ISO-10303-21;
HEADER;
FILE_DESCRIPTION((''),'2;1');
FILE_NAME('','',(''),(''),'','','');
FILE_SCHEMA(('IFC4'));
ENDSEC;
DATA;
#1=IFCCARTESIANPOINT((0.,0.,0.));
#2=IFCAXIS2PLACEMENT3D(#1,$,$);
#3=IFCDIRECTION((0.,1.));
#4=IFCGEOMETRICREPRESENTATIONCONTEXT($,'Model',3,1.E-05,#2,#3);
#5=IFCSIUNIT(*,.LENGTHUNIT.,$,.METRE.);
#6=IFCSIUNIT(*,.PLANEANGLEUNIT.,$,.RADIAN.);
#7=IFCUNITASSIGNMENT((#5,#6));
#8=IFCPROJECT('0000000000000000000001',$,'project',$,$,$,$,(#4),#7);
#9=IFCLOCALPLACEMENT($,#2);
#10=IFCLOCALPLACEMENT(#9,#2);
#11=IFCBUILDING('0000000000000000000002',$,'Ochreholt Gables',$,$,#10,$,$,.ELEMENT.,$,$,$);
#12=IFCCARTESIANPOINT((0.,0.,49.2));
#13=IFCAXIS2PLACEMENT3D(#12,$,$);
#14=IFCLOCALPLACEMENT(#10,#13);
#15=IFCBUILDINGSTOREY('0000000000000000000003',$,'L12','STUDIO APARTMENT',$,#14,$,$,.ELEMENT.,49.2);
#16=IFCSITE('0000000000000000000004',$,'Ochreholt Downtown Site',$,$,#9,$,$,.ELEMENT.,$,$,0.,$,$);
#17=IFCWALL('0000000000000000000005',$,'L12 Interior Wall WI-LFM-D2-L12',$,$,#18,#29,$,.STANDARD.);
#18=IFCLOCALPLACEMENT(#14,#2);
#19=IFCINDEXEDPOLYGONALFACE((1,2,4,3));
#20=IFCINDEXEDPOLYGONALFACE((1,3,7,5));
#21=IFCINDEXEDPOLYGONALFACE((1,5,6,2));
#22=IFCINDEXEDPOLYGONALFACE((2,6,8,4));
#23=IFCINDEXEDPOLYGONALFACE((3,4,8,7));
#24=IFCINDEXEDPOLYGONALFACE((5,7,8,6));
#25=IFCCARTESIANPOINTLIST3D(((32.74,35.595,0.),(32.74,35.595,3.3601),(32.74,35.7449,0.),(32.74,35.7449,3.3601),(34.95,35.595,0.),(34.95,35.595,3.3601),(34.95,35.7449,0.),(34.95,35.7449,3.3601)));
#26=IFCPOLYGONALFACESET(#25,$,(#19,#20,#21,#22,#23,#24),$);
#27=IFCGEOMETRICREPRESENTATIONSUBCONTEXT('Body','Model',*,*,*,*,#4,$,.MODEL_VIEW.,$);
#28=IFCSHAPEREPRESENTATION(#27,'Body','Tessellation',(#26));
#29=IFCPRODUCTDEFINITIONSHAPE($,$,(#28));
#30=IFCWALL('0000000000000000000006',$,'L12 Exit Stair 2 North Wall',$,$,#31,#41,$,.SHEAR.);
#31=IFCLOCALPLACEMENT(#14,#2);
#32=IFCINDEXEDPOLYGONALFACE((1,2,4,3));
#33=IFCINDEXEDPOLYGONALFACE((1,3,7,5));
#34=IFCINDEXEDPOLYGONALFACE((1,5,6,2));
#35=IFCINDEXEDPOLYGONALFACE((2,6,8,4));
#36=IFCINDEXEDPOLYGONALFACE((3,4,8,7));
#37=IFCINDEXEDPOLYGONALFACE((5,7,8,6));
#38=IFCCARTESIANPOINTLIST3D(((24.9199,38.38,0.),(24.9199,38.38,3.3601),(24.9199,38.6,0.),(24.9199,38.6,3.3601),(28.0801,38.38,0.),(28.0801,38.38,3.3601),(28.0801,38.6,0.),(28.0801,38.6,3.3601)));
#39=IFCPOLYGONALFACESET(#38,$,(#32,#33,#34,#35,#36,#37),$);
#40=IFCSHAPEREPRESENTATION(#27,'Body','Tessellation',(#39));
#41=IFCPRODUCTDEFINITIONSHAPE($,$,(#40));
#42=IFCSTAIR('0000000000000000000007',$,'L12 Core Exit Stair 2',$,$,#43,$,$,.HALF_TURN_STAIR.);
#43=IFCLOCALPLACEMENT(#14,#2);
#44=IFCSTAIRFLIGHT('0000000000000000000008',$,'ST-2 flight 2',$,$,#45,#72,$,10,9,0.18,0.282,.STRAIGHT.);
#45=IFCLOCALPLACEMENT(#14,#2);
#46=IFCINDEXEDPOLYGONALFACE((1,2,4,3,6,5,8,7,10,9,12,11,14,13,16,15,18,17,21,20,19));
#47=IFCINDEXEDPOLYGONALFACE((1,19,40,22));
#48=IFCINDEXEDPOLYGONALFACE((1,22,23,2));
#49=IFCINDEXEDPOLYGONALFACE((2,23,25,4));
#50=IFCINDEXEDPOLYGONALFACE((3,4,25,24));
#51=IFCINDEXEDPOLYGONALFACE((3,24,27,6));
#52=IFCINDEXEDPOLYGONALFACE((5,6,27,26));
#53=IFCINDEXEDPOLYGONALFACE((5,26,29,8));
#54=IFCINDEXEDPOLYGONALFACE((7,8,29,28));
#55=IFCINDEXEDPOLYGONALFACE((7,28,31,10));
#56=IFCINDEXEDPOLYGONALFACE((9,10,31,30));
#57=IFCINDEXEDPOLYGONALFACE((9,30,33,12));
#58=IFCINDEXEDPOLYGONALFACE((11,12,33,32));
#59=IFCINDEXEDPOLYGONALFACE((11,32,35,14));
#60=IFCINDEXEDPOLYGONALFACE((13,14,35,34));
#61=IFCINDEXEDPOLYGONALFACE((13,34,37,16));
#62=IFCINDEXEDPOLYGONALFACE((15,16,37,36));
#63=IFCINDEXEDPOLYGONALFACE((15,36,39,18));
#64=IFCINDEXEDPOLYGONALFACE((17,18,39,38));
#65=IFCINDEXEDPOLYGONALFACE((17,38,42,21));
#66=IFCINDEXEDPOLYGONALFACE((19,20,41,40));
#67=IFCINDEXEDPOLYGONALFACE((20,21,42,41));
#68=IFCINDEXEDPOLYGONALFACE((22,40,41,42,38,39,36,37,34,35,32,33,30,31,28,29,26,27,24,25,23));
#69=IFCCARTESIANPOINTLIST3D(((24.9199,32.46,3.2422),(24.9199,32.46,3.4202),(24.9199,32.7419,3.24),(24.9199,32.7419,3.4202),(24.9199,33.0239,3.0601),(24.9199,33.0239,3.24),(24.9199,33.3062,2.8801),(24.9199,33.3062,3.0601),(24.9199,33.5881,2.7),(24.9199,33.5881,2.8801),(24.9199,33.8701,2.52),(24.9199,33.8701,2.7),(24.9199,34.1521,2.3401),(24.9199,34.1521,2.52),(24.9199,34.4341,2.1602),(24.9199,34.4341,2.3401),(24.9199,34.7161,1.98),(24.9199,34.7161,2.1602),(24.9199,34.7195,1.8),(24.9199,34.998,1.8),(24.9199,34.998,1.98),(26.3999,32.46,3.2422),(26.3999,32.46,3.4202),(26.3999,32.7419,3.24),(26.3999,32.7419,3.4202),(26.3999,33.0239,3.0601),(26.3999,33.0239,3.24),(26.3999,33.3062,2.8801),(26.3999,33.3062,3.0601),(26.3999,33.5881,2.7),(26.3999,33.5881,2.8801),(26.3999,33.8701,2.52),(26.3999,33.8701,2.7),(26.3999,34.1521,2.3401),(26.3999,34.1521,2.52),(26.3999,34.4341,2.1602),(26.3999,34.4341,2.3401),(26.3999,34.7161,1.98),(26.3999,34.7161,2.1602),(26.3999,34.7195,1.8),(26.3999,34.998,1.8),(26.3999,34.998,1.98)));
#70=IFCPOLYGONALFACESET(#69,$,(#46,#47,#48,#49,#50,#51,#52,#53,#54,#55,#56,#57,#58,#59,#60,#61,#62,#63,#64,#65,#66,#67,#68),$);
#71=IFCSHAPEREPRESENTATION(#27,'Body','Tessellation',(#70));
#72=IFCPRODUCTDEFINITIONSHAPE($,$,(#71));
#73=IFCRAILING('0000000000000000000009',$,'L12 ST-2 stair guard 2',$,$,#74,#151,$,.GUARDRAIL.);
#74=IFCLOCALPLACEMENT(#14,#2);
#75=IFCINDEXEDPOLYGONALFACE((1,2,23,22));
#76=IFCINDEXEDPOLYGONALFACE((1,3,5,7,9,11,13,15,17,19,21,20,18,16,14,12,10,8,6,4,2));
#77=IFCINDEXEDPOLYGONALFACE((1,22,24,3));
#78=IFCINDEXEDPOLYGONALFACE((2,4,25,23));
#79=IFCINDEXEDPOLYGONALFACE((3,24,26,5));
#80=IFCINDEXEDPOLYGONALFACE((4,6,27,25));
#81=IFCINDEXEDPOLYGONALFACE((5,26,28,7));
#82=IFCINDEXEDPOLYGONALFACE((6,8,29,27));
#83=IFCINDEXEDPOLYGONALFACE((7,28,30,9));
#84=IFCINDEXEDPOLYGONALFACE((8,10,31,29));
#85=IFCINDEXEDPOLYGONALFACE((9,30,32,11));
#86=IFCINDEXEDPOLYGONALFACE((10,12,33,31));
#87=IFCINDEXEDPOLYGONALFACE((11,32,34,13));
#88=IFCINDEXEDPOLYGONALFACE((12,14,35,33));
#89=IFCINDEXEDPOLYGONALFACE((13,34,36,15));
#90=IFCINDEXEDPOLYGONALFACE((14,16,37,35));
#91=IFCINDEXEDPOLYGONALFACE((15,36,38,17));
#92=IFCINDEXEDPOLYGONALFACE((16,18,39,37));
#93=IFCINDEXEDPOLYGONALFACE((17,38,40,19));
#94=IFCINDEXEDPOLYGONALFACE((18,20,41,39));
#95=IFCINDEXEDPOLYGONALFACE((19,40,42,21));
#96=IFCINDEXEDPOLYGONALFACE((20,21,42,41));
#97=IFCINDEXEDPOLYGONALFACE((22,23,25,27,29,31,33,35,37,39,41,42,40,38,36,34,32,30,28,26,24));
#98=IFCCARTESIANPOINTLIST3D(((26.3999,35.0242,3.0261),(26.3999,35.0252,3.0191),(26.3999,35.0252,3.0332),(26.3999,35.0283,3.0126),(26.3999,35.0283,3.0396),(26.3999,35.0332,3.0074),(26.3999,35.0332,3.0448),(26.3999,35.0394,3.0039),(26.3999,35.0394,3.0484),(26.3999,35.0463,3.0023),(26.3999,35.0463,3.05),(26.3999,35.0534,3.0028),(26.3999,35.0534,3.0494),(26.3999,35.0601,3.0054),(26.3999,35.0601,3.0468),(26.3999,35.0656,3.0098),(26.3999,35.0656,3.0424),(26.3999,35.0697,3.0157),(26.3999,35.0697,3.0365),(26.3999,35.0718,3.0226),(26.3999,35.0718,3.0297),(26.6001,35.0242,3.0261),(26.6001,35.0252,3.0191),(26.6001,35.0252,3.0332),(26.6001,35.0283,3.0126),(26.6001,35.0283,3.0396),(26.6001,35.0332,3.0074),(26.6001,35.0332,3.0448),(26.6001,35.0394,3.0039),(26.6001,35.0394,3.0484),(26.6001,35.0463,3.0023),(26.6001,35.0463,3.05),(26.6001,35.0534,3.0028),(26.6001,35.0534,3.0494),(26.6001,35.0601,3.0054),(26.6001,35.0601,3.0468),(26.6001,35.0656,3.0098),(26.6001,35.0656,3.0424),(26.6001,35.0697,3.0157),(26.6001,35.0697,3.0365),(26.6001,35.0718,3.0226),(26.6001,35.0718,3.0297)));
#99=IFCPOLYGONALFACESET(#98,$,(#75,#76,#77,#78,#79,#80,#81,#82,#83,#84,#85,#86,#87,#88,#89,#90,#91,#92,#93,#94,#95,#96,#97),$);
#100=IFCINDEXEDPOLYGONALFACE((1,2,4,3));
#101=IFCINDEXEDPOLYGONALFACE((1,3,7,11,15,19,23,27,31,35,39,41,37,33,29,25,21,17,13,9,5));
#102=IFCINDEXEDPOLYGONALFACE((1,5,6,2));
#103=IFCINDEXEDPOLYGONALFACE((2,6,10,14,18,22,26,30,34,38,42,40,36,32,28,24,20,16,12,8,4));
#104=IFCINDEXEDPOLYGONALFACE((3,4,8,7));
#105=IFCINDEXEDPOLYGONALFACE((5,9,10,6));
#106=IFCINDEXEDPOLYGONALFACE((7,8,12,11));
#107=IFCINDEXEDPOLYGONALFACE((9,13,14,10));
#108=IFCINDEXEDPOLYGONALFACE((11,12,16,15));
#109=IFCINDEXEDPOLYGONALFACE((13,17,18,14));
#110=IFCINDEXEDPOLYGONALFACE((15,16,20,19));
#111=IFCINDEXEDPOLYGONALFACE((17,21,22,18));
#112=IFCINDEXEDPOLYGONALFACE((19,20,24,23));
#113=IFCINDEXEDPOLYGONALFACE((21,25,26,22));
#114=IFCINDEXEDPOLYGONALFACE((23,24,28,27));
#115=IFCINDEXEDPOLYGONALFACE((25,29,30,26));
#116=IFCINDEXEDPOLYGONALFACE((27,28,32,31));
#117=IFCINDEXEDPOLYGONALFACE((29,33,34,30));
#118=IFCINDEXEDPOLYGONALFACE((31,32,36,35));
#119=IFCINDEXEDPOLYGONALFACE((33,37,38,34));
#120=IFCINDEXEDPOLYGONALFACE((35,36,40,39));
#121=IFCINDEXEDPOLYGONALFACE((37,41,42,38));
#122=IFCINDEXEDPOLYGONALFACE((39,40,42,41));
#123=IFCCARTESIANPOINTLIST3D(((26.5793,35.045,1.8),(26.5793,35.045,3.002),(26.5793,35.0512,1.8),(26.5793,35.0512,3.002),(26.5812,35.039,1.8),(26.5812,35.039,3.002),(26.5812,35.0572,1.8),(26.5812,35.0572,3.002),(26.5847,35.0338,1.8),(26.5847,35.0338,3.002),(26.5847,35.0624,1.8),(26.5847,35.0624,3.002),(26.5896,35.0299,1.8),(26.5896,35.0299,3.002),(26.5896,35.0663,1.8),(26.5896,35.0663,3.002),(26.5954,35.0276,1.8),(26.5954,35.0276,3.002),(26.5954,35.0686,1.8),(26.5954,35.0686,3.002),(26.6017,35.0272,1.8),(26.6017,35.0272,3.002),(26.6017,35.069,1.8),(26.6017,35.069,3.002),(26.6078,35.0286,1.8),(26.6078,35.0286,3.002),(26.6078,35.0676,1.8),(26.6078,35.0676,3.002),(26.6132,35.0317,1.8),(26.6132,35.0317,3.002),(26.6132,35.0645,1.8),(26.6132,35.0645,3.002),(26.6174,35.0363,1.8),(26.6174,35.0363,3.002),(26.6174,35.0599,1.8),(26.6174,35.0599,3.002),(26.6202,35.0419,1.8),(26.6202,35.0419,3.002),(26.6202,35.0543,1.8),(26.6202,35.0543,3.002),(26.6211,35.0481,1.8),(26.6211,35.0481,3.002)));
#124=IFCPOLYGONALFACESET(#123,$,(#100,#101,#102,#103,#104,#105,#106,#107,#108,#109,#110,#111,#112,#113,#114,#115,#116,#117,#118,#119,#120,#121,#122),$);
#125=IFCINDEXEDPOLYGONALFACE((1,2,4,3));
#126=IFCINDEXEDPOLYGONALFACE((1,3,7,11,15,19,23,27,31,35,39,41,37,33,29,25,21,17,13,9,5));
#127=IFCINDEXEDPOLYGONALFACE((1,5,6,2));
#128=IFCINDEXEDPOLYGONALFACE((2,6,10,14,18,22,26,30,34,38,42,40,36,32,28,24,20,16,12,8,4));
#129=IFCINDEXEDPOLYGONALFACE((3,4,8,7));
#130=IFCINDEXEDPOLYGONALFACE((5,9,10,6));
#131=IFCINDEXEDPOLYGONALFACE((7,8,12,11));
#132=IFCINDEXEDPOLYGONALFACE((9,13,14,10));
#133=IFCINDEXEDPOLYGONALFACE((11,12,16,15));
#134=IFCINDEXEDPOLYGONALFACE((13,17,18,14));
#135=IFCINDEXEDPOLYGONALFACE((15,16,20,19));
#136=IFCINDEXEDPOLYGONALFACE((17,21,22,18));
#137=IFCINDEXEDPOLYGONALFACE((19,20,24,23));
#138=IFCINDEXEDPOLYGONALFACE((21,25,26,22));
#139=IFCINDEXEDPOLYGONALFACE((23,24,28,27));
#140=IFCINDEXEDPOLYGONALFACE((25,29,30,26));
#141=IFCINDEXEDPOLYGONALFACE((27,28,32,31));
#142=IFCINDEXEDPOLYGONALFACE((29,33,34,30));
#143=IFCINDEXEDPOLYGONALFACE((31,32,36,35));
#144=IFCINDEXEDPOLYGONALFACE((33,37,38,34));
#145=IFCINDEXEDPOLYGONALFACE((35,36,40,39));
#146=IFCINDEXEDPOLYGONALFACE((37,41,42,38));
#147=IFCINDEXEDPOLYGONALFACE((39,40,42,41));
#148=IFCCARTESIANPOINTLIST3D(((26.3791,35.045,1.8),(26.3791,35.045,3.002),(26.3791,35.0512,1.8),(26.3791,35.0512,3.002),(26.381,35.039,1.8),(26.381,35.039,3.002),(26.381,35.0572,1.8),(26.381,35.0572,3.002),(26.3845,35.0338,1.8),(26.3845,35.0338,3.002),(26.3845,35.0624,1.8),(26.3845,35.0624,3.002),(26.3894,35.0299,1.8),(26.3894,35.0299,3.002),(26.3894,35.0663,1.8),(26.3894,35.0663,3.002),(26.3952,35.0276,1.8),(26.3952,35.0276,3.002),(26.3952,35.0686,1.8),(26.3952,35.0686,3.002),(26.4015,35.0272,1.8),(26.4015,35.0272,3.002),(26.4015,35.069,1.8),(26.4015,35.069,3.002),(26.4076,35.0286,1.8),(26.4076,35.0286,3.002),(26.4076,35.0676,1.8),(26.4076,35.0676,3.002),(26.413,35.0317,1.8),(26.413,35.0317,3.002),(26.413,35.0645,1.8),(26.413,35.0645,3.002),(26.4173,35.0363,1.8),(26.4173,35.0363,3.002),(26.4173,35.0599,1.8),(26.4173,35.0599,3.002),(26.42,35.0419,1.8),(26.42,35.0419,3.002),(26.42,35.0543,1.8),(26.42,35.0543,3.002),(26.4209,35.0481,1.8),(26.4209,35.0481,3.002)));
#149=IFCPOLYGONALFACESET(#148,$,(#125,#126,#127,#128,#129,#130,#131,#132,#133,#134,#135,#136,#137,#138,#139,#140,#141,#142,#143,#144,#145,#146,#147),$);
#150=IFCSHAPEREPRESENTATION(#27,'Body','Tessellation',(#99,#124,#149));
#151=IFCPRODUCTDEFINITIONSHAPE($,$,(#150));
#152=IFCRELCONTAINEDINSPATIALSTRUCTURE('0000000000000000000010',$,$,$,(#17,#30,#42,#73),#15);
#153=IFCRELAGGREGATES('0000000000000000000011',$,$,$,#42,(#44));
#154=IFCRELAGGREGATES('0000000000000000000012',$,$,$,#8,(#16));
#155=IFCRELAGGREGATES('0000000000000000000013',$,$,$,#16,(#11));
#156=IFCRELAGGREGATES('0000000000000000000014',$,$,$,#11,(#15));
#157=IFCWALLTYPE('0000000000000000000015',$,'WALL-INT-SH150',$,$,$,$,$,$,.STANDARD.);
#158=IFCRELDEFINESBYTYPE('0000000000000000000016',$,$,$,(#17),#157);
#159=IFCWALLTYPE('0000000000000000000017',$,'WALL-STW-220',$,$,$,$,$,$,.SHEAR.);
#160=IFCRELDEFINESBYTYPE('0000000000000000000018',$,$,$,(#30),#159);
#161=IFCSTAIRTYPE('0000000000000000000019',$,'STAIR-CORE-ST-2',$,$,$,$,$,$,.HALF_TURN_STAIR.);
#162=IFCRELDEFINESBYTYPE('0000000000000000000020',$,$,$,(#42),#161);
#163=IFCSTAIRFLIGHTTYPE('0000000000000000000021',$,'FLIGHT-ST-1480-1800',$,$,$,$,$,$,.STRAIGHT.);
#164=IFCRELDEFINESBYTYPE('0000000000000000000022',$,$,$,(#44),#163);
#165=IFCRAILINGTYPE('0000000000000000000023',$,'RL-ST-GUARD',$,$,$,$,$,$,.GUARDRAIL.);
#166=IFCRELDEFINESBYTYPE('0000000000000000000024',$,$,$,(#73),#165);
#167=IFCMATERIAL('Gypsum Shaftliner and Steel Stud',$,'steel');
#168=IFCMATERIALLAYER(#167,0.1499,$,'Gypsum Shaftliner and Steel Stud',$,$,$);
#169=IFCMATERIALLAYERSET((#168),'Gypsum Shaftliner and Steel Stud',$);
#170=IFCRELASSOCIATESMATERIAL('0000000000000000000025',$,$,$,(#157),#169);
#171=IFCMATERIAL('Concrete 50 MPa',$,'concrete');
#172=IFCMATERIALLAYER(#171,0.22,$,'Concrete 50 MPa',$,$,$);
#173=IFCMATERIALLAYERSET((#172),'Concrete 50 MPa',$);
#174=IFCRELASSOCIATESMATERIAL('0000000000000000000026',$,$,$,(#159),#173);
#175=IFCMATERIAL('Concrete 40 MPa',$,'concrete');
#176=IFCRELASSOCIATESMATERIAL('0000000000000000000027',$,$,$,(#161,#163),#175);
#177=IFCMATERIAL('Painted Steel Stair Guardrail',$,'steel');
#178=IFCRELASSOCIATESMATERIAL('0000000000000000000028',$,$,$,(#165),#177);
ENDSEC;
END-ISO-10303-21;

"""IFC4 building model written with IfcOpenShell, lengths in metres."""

from ifc_helpers import new_model, si_unit, direction, frame, frame_2d, origin, origin_2d, place, context, subcontext, project, spatial, polyline, rectangle, circle, outline, extrude, material, layer, layer_set, type_object, element, aggregate, save


model = new_model("IFC4")

# Units and contexts
model_context = context("Model", 3, precision=1e-05, world=origin(), true_north=direction((0.0, 1.0)))
body_context = subcontext(model_context, "Body", "Model", "MODEL_VIEW")
ifc_project = project(units=[si_unit("LENGTHUNIT", "METRE"), si_unit("PLANEANGLEUNIT", "RADIAN")], contexts=[model_context])

# Site, building, storey
site_placement = place(None, origin())
site = spatial("IfcSite", under=ifc_project, at=site_placement, Name="Ochreholt Downtown Site", CompositionType="ELEMENT", RefElevation=0.0)
building_placement = place(site_placement, origin())
building = spatial("IfcBuilding", under=site, at=building_placement, Name="Ochreholt Gables", CompositionType="ELEMENT")
storey_placement = place(building_placement, frame((0.0, 0.0, 49.2)))
storey = spatial("IfcBuildingStorey", under=building, at=storey_placement, Name="L12", Description="STUDIO APARTMENT", CompositionType="ELEMENT", Elevation=49.2)

# Walls
ifc_material_1 = material(Name="Gypsum Shaftliner and Steel Stud", Category="steel")
ifc_layer_1 = layer(ifc_material_1, 0.1499, Name="Gypsum Shaftliner and Steel Stud")
ifc_layer_set_1 = layer_set([ifc_layer_1], Name="Gypsum Shaftliner and Steel Stud")
wall_type_1 = type_object("IfcWallType", Name="WALL-INT-SH150", PredefinedType="STANDARD", material=ifc_layer_set_1)
for number, where, z_axis, x_axis, name in (
    (1, (32.74, 35.6699, 0.0), (0.0, 0.0, 1.0), (1.0, 0.0, 0.0), "L12 Interior Wall WI-LFM-D2-L12"),
):
    element("IfcWall", number, at=place(storey_placement, frame(where, z_axis=z_axis, x_axis=x_axis)), inside=storey, type_object=wall_type_1, Name=name, PredefinedType="STANDARD", context=body_context, shape_type="SweptSolid", body=[
        extrude(rectangle(XDim=2.21, YDim=0.1499, at=frame_2d((1.105, 0.0))), origin(), (0.0, 0.0, 1.0), 3.3601),
    ])
ifc_material_2 = material(Name="Concrete 50 MPa", Category="concrete")
ifc_layer_2 = layer(ifc_material_2, 0.22, Name="Concrete 50 MPa")
ifc_layer_set_2 = layer_set([ifc_layer_2], Name="Concrete 50 MPa")
wall_type_2 = type_object("IfcWallType", Name="WALL-STW-220", PredefinedType="SHEAR", material=ifc_layer_set_2)
wall_1_placement = place(storey_placement, frame((24.9199, 38.49, 0.0), z_axis=(0.0, 0.0, 1.0), x_axis=(1.0, 0.0, 0.0)))
element("IfcWall", 2, at=wall_1_placement, inside=storey, type_object=wall_type_2, Name="L12 Exit Stair 2 North Wall", PredefinedType="SHEAR", context=body_context, shape_type="SweptSolid", body=[
    extrude(rectangle(XDim=3.1602, YDim=0.22, at=frame_2d((1.5801, 0.0))), origin(), (0.0, 0.0, 1.0), 3.3601),
])

# Stair, stair flight
ifc_material_3 = material(Name="Concrete 40 MPa", Category="concrete")
stair_type = type_object("IfcStairType", Name="STAIR-CORE-ST-2", PredefinedType="HALF_TURN_STAIR", material=ifc_material_3)
stair_placement = place(storey_placement, origin())
stair = element("IfcStair", 3, at=stair_placement, inside=storey, type_object=stair_type, Name="L12 Core Exit Stair 2", PredefinedType="HALF_TURN_STAIR")
stair_flight_type = type_object("IfcStairFlightType", Name="FLIGHT-ST-1480-1800", PredefinedType="STRAIGHT", material=ifc_material_3)
stair_flight_placement = place(storey_placement, frame((25.6599, 34.998, 1.8), z_axis=(0.0, 0.0, 1.0), x_axis=(0.0, -1.0, 0.0)))
stair_flight = element("IfcStairFlight", 4, at=stair_flight_placement, type_object=stair_flight_type, Name="ST-2 flight 2", NumberOfRisers=10, NumberOfTreads=9, PredefinedType="STRAIGHT", RiserHeight=0.18, TreadLength=0.282, context=body_context, shape_type="SweptSolid", body=[
    extrude(outline(polyline([(0.0, 0.0), (0.0, 0.1799), (0.282, 0.1799), (0.282, 0.3601), (0.564, 0.3601), (0.564, 0.54), (0.8459, 0.54), (0.8459, 0.72), (1.1279, 0.72), (1.1279, 0.8999), (1.4099, 0.8999), (1.4099, 1.0801), (1.6919, 1.0801), (1.6919, 1.26), (1.9741, 1.26), (1.9741, 1.4399), (2.2561, 1.4399), (2.2561, 1.6201), (2.5381, 1.6201), (2.5381, 1.8), (2.5381, 1.4421), (0.2786, 0.0), (0.0, 0.0)])), frame((0.0, 0.74, 0.0), z_axis=(0.0, -1.0, 0.0), x_axis=(1.0, 0.0, 0.0)), (0.0, 0.0, 1.0), 1.48),
])
aggregate(stair, [stair_flight])

# Railing
ifc_material_4 = material(Name="Painted Steel Stair Guardrail", Category="steel")
railing_type_1 = type_object("IfcRailingType", Name="RL-ST-GUARD", PredefinedType="GUARDRAIL", material=ifc_material_4)
railing_1_placement = place(storey_placement, frame((26.6001, 35.0481, 1.8)))
element("IfcRailing", 5, at=railing_1_placement, inside=storey, type_object=railing_type_1, Name="L12 ST-2 stair guard 2", PredefinedType="GUARDRAIL", context=body_context, shape_type="SweptSolid", body=[
    extrude(circle(Radius=0.0239, at=origin_2d()), frame((0.0, 0.0, 1.2261), z_axis=(-1.0, 0.0, 0.0), x_axis=(0.0, -1.0, 0.0)), (0.0, 0.0, 1.0), 0.2002),
    extrude(circle(Radius=0.021, at=origin_2d()), origin(), (0.0, 0.0, 1.0), 1.2019),
    extrude(circle(Radius=0.021, at=origin_2d()), frame((-0.2002, 0.0, 0.0)), (0.0, 0.0, 1.0), 1.2019),
])

save(model, "model.ifc")
